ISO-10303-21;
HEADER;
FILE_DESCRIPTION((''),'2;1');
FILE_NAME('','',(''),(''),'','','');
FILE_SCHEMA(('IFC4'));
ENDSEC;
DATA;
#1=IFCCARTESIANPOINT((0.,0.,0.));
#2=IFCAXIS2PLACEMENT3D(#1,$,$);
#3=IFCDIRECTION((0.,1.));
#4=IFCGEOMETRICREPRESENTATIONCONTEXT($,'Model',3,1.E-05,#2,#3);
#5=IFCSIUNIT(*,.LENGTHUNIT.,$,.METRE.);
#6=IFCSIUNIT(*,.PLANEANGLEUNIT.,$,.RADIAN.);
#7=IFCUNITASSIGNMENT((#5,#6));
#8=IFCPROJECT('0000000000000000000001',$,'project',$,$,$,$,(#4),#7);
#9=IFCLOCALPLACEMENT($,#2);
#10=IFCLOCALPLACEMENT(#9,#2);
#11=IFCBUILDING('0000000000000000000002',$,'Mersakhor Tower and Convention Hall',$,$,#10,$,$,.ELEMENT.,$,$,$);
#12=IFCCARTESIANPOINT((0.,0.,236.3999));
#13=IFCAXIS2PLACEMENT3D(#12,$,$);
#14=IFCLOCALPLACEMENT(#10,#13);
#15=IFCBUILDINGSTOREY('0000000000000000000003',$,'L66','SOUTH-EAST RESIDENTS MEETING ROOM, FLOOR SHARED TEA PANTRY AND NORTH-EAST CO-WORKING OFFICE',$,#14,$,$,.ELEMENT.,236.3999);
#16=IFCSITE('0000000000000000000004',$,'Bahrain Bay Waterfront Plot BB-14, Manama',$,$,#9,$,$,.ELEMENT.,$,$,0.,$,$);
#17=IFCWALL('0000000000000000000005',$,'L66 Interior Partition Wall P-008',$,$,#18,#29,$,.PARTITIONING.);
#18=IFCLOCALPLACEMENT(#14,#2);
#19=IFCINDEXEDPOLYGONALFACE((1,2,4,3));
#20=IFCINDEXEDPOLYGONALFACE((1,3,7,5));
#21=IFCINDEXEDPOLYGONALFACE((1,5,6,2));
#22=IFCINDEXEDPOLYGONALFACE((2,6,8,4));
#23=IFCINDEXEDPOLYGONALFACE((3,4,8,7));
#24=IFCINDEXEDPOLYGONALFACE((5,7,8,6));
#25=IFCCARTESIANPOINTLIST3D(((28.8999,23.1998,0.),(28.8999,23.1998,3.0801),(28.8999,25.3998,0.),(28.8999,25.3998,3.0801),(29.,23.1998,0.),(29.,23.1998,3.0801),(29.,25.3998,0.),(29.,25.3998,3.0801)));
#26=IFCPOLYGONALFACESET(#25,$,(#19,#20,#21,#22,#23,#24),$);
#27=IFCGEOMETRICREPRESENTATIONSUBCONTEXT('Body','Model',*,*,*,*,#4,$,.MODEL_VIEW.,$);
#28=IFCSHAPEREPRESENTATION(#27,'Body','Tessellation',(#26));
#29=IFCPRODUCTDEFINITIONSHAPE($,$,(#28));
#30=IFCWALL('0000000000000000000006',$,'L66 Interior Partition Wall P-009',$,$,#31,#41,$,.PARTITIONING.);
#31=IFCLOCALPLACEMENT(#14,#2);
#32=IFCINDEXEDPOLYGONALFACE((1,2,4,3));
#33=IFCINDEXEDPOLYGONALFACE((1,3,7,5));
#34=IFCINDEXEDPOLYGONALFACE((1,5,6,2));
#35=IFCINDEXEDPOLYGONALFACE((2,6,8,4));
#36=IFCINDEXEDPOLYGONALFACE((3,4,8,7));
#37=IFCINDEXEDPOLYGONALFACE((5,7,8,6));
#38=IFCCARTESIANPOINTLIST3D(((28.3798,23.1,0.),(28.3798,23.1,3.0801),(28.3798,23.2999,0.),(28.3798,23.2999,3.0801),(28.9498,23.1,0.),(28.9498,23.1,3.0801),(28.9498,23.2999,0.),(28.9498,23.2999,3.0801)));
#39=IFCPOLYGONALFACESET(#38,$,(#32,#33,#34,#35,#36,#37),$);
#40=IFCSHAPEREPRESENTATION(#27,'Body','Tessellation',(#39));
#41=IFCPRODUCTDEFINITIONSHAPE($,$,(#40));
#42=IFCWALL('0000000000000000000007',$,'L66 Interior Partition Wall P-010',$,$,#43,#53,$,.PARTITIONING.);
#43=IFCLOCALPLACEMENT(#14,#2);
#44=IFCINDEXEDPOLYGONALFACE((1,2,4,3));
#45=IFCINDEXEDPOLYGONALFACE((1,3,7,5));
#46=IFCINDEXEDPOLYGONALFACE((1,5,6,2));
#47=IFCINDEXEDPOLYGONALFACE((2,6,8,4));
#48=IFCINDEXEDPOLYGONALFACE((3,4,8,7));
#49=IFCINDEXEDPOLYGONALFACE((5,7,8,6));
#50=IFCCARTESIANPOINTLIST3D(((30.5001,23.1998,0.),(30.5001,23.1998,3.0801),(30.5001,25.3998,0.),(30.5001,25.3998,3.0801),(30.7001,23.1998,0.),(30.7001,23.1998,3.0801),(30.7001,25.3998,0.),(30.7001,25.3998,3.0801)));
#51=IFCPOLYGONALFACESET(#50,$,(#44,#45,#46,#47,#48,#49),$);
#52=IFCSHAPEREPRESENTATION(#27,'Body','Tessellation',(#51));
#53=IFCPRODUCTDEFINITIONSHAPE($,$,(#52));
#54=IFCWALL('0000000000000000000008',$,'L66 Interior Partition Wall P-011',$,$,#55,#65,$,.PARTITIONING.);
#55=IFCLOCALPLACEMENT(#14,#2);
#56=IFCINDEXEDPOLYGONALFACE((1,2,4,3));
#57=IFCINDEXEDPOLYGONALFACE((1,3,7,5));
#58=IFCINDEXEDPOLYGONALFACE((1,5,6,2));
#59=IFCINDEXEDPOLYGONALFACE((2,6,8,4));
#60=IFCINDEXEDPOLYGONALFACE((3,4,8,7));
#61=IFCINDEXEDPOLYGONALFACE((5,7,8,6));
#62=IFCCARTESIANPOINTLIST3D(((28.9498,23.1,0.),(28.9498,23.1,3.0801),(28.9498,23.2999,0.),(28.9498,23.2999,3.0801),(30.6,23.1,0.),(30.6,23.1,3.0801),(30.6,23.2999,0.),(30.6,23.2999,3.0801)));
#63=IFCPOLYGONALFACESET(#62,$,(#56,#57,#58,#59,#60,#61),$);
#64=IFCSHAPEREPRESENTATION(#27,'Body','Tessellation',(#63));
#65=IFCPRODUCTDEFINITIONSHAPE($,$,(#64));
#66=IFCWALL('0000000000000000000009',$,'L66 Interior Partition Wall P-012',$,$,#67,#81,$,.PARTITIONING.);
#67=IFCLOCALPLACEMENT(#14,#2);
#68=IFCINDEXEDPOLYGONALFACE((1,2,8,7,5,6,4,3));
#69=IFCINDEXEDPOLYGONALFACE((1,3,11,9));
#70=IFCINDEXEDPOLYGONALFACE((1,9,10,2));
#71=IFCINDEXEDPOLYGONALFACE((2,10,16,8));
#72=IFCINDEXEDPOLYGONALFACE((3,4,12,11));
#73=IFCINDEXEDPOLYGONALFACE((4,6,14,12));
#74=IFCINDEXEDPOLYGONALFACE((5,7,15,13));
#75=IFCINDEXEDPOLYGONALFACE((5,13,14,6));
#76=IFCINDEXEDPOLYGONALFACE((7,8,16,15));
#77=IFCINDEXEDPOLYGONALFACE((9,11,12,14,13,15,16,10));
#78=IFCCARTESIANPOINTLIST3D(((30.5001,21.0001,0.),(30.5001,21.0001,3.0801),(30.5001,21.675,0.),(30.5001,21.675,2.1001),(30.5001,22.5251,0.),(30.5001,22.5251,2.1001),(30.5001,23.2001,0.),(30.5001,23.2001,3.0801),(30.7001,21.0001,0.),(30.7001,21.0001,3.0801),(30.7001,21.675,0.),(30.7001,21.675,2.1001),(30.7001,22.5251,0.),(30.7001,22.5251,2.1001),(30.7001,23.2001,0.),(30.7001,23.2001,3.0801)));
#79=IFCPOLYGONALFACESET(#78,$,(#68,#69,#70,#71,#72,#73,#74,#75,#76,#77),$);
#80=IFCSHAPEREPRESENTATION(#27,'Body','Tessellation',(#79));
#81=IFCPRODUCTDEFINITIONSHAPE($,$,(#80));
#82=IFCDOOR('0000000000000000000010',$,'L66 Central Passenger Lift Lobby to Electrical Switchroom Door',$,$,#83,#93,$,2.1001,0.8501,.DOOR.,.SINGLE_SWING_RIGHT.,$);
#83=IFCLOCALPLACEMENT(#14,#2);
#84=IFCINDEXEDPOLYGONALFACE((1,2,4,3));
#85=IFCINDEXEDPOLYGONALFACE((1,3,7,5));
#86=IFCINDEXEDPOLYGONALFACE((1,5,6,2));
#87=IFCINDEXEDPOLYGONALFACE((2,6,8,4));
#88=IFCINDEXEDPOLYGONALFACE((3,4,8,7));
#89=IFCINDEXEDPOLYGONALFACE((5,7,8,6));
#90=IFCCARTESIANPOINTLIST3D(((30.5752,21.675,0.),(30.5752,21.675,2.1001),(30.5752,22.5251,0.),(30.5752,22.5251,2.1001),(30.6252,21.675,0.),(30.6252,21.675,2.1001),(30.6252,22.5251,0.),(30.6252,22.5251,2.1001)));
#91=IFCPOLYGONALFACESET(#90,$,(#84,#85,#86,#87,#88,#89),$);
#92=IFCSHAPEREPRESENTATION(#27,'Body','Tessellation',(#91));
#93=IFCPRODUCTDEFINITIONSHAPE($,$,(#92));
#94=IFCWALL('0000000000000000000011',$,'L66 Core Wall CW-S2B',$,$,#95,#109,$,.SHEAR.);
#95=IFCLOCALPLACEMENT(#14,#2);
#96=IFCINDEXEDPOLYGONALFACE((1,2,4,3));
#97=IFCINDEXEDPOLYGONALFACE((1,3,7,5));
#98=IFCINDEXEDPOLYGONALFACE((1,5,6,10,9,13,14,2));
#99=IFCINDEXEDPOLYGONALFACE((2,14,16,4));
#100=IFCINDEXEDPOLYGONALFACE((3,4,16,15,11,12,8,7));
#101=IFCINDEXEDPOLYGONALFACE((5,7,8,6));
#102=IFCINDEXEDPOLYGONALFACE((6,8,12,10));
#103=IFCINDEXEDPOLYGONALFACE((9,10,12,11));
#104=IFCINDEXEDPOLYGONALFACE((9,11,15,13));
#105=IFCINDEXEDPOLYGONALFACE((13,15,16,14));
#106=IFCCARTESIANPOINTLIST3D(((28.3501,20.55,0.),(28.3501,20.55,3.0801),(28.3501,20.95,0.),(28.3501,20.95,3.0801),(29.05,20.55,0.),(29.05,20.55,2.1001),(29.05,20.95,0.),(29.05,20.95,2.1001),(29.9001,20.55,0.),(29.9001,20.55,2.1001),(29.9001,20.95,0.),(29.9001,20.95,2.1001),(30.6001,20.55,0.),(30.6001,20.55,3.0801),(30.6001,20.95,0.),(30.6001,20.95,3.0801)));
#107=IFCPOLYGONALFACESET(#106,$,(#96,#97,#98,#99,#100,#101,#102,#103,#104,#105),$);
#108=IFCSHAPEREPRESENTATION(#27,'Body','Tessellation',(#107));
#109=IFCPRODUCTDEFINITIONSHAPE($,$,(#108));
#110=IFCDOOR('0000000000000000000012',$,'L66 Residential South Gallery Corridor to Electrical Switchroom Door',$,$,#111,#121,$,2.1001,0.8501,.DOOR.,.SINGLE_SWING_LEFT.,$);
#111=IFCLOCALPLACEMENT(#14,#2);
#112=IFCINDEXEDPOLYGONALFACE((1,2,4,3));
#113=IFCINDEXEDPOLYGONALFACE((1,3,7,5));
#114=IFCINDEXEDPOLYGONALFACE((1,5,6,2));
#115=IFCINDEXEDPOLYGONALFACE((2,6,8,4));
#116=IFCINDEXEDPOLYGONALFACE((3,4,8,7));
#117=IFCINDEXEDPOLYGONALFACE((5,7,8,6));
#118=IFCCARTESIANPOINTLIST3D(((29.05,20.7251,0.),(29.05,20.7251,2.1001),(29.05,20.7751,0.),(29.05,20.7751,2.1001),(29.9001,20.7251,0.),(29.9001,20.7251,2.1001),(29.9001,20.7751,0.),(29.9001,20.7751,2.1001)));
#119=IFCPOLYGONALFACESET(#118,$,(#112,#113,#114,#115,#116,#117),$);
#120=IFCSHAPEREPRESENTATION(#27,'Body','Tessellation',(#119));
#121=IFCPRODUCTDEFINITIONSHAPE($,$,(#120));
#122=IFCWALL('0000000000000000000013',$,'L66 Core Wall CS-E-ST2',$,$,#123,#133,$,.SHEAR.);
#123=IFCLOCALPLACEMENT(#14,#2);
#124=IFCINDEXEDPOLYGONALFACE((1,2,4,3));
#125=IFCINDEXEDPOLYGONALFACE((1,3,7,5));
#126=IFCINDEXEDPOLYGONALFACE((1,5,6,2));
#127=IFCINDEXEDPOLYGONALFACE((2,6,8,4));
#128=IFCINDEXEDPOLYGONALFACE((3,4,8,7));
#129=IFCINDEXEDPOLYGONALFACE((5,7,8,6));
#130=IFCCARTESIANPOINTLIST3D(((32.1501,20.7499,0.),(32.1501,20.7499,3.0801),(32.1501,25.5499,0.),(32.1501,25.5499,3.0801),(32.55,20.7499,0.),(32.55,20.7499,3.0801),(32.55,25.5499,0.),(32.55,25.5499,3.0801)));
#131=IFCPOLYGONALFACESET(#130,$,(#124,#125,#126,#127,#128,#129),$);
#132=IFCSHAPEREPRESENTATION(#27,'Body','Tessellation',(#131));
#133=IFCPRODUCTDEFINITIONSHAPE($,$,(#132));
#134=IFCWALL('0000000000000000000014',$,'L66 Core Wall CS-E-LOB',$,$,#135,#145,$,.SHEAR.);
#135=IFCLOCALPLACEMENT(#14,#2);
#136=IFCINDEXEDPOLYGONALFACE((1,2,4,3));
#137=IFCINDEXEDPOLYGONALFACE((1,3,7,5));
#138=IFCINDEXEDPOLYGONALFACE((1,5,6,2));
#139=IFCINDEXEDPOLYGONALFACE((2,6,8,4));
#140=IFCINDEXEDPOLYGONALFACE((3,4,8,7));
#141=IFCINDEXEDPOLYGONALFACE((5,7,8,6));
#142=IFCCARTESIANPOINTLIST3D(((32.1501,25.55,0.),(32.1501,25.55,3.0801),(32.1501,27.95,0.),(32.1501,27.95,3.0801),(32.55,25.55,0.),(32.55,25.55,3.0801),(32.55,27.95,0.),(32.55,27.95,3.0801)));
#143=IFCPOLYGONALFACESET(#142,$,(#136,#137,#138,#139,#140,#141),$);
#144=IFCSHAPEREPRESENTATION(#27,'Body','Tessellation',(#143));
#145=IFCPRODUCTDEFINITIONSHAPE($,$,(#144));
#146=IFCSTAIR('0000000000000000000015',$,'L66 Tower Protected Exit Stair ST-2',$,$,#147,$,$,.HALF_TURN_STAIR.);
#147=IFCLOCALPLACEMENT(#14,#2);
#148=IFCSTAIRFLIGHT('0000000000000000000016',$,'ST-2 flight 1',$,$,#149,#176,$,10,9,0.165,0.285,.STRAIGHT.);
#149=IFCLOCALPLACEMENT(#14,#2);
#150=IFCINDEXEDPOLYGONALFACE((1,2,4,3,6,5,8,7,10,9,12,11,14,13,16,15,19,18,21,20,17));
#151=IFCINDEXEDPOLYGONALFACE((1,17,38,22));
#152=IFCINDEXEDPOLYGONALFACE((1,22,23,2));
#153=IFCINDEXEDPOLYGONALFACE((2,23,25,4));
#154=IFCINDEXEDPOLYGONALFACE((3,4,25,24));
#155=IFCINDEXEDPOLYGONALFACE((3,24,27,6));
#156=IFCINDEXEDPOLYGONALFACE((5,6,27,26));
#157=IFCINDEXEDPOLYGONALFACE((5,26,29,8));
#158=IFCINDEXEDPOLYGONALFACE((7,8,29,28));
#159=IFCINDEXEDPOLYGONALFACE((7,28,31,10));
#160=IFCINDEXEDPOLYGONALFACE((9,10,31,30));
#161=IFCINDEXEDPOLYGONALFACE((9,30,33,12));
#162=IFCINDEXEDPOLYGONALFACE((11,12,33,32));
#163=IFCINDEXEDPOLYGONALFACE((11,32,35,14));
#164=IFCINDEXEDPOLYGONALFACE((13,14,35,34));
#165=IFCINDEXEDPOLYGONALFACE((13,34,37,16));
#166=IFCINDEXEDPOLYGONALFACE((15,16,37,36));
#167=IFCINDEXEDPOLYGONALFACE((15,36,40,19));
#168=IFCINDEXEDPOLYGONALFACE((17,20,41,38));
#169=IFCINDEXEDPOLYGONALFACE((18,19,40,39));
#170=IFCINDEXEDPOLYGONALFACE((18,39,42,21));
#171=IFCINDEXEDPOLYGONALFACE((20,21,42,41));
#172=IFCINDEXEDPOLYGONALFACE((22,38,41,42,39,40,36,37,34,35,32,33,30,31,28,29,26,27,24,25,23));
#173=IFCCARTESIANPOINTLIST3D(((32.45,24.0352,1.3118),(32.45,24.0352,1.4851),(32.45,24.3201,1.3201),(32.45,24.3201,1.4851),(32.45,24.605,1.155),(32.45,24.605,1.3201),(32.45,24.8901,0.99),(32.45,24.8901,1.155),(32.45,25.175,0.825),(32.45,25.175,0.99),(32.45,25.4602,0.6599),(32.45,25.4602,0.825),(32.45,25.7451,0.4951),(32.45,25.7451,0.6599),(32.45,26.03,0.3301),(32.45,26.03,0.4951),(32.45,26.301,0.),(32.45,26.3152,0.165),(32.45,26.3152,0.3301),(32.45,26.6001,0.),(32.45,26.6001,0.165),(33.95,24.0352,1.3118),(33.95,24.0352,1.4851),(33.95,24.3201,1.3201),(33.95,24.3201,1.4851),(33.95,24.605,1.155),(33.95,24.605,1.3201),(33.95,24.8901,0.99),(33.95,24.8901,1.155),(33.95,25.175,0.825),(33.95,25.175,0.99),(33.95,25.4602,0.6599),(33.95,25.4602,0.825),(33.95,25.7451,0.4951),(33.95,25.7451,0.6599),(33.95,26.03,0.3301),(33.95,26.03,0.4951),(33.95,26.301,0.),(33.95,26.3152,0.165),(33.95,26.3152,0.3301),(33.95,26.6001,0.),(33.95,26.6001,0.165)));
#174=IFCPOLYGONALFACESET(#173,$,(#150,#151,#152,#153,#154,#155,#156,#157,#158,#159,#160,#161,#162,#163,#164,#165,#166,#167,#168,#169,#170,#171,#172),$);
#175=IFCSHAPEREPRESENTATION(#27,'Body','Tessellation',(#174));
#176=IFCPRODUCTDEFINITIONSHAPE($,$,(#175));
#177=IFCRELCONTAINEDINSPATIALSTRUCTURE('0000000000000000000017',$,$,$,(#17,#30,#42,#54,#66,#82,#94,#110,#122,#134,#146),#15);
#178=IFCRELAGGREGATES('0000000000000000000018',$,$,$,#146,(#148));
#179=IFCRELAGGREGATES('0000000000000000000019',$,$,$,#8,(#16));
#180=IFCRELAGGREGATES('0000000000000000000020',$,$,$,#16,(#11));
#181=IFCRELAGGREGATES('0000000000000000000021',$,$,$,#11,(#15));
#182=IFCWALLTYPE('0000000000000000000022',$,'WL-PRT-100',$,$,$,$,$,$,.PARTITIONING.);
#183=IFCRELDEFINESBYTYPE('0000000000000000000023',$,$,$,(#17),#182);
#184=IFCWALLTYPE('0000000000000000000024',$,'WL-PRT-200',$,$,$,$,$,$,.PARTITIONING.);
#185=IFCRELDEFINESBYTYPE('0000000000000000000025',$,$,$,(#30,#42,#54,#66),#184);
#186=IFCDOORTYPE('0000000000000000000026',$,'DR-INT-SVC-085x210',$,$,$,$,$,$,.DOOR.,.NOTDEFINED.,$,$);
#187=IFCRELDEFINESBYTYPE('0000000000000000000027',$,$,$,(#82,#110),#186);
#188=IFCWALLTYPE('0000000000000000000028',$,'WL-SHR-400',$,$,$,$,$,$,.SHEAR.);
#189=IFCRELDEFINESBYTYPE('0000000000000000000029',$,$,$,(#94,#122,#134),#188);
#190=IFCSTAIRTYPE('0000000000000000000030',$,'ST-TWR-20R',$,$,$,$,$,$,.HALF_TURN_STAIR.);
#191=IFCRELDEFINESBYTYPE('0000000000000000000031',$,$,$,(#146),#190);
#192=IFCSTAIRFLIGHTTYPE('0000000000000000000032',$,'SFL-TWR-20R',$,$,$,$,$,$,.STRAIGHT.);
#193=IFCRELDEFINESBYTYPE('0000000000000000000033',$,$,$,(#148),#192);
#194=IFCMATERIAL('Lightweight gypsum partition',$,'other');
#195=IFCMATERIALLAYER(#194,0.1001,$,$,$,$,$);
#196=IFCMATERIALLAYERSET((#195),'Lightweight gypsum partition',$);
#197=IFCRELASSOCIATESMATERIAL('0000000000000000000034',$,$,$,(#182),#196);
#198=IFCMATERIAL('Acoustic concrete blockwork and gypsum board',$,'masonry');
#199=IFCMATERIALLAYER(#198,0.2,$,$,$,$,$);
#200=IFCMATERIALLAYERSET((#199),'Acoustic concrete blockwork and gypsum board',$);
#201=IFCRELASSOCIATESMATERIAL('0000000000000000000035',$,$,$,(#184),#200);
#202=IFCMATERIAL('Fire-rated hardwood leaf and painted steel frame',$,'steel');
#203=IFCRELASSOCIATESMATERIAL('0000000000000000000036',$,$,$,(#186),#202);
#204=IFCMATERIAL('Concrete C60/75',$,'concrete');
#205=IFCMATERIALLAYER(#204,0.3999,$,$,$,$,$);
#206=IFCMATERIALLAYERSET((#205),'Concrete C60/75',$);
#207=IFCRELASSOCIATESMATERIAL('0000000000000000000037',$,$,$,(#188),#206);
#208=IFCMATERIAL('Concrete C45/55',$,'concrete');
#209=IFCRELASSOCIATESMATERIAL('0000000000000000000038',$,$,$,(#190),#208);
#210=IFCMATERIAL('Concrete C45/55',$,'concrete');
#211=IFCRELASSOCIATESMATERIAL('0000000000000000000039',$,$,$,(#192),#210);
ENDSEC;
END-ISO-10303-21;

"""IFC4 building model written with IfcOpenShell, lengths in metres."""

from ifc_helpers import new_model, si_unit, direction, frame, frame_2d, origin, place, context, subcontext, project, spatial, polyline, rectangle, outline, extrude, material, layer, layer_set, type_object, element, fill, aggregate, save


model = new_model("IFC4")

# Units and contexts
model_context = context("Model", 3, precision=1e-05, world=origin(), true_north=direction((0.0, 1.0)))
body_context = subcontext(model_context, "Body", "Model", "MODEL_VIEW")
ifc_project = project(units=[si_unit("LENGTHUNIT", "METRE"), si_unit("PLANEANGLEUNIT", "RADIAN")], contexts=[model_context])

# Site, building, storey
site_placement = place(None, origin())
site = spatial("IfcSite", under=ifc_project, at=site_placement, Name="Bahrain Bay Waterfront Plot BB-14, Manama", CompositionType="ELEMENT", RefElevation=0.0)
building_placement = place(site_placement, origin())
building = spatial("IfcBuilding", under=site, at=building_placement, Name="Mersakhor Tower and Convention Hall", CompositionType="ELEMENT")
storey_placement = place(building_placement, frame((0.0, 0.0, 236.3999)))
storey = spatial("IfcBuildingStorey", under=building, at=storey_placement, Name="L66", Description="SOUTH-EAST RESIDENTS MEETING ROOM, FLOOR SHARED TEA PANTRY AND NORTH-EAST CO-WORKING OFFICE", CompositionType="ELEMENT", Elevation=236.3999)

# Walls
ifc_material_1 = material(Name="Lightweight gypsum partition", Category="other")
ifc_layer_1 = layer(ifc_material_1, 0.1001)
ifc_layer_set_1 = layer_set([ifc_layer_1], Name="Lightweight gypsum partition")
wall_type_1 = type_object("IfcWallType", Name="WL-PRT-100", PredefinedType="PARTITIONING", material=ifc_layer_set_1)
wall_1_placement = place(storey_placement, frame((28.95, 25.3999, 0.0), z_axis=(0.0, 0.0, 1.0), x_axis=(0.0, -1.0, 0.0)))
element("IfcWall", 1, at=wall_1_placement, inside=storey, type_object=wall_type_1, Name="L66 Interior Partition Wall P-008", PredefinedType="PARTITIONING", context=body_context, shape_type="SweptSolid", body=[
    extrude(rectangle(XDim=2.2, YDim=0.1001, at=frame_2d((1.1001, 0.0))), origin(), (0.0, 0.0, 1.0), 3.0801),
])
ifc_material_2 = material(Name="Acoustic concrete blockwork and gypsum board", Category="masonry")
ifc_layer_2 = layer(ifc_material_2, 0.2)
ifc_layer_set_2 = layer_set([ifc_layer_2], Name="Acoustic concrete blockwork and gypsum board")
wall_type_2 = type_object("IfcWallType", Name="WL-PRT-200", PredefinedType="PARTITIONING", material=ifc_layer_set_2)
wall_2_placement = place(storey_placement, frame((28.95, 23.2, 0.0), z_axis=(0.0, 0.0, 1.0), x_axis=(-1.0, 0.0, 0.0)))
element("IfcWall", 2, at=wall_2_placement, inside=storey, type_object=wall_type_2, Name="L66 Interior Partition Wall P-009", PredefinedType="PARTITIONING", context=body_context, shape_type="SweptSolid", body=[
    extrude(rectangle(XDim=0.5701, YDim=0.2, at=frame_2d((0.2852, 0.0))), origin(), (0.0, 0.0, 1.0), 3.0801),
])
wall_3_placement = place(storey_placement, frame((30.6001, 25.3999, 0.0), z_axis=(0.0, 0.0, 1.0), x_axis=(0.0, -1.0, 0.0)))
element("IfcWall", 3, at=wall_3_placement, inside=storey, type_object=wall_type_2, Name="L66 Interior Partition Wall P-010", PredefinedType="PARTITIONING", context=body_context, shape_type="SweptSolid", body=[
    extrude(rectangle(XDim=2.2, YDim=0.2, at=frame_2d((1.1001, 0.0))), origin(), (0.0, 0.0, 1.0), 3.0801),
])
wall_4_placement = place(storey_placement, frame((30.6001, 23.2, 0.0), z_axis=(0.0, 0.0, 1.0), x_axis=(-1.0, 0.0, 0.0)))
element("IfcWall", 4, at=wall_4_placement, inside=storey, type_object=wall_type_2, Name="L66 Interior Partition Wall P-011", PredefinedType="PARTITIONING", context=body_context, shape_type="SweptSolid", body=[
    extrude(rectangle(XDim=1.6501, YDim=0.2, at=frame_2d((0.8252, 0.0))), origin(), (0.0, 0.0, 1.0), 3.0801),
])

# Walls, openings, doors
wall_5_placement = place(storey_placement, frame((30.6001, 21.0, 0.0), z_axis=(0.0, 0.0, 1.0), x_axis=(0.0, 1.0, 0.0)))
wall_5 = element("IfcWall", 5, at=wall_5_placement, inside=storey, type_object=wall_type_2, Name="L66 Interior Partition Wall P-012", PredefinedType="PARTITIONING", context=body_context, shape_type="SweptSolid", body=[
    extrude(rectangle(XDim=2.2, YDim=0.2, at=frame_2d((1.1001, 0.0))), origin(), (0.0, 0.0, 1.0), 3.0801),
])
opening_1_placement = place(wall_5_placement, frame((0.675, 0.0, 0.0)))
opening_1 = element("IfcOpeningElement", 6, at=opening_1_placement, cuts=wall_5, PredefinedType="OPENING", context=body_context, shape_type="SweptSolid", body=[
    extrude(rectangle(XDim=0.8501, YDim=2.1001, at=frame_2d((0.425, 1.05))), frame((0.0, 0.1099, 0.0), z_axis=(0.0, -1.0, 0.0), x_axis=(1.0, 0.0, 0.0)), (0.0, 0.0, 1.0), 0.22),
])
ifc_material_3 = material(Name="Fire-rated hardwood leaf and painted steel frame", Category="steel")
door_type_1 = type_object("IfcDoorType", Name="DR-INT-SVC-085x210", OperationType="NOTDEFINED", PredefinedType="DOOR", material=ifc_material_3)
door_1_placement = place(opening_1_placement, origin())
door_1 = element("IfcDoor", 7, at=door_1_placement, inside=storey, type_object=door_type_1, Name="L66 Central Passenger Lift Lobby to Electrical Switchroom Door", OperationType="SINGLE_SWING_RIGHT", OverallHeight=2.1001, OverallWidth=0.8501, PredefinedType="DOOR", context=body_context, shape_type="SweptSolid", body=[
    extrude(rectangle(XDim=0.8501, YDim=2.1001, at=frame_2d((0.425, 1.05))), frame((0.0, 0.0249, 0.0), z_axis=(0.0, -1.0, 0.0), x_axis=(1.0, 0.0, 0.0)), (0.0, 0.0, 1.0), 0.05),
])
fill(opening_1, door_1)
ifc_material_4 = material(Name="Concrete C60/75", Category="concrete")
ifc_layer_3 = layer(ifc_material_4, 0.3999)
ifc_layer_set_3 = layer_set([ifc_layer_3], Name="Concrete C60/75")
wall_type_3 = type_object("IfcWallType", Name="WL-SHR-400", PredefinedType="SHEAR", material=ifc_layer_set_3)
wall_6_placement = place(storey_placement, frame((30.6001, 20.75, 0.0), z_axis=(0.0, 0.0, 1.0), x_axis=(-1.0, 0.0, 0.0)))
wall_6 = element("IfcWall", 8, at=wall_6_placement, inside=storey, type_object=wall_type_3, Name="L66 Core Wall CW-S2B", PredefinedType="SHEAR", context=body_context, shape_type="SweptSolid", body=[
    extrude(rectangle(XDim=2.25, YDim=0.3999, at=frame_2d((1.125, 0.0))), origin(), (0.0, 0.0, 1.0), 3.0801),
])
opening_2_placement = place(wall_6_placement, frame((0.7, 0.0, 0.0)))
opening_2 = element("IfcOpeningElement", 9, at=opening_2_placement, cuts=wall_6, PredefinedType="OPENING", context=body_context, shape_type="SweptSolid", body=[
    extrude(rectangle(XDim=0.8501, YDim=2.1001, at=frame_2d((0.425, 1.05))), frame((0.0, 0.21, 0.0), z_axis=(0.0, -1.0, 0.0), x_axis=(1.0, 0.0, 0.0)), (0.0, 0.0, 1.0), 0.4199),
])
door_2_placement = place(opening_2_placement, origin())
door_2 = element("IfcDoor", 10, at=door_2_placement, inside=storey, type_object=door_type_1, Name="L66 Residential South Gallery Corridor to Electrical Switchroom Door", OperationType="SINGLE_SWING_LEFT", OverallHeight=2.1001, OverallWidth=0.8501, PredefinedType="DOOR", context=body_context, shape_type="SweptSolid", body=[
    extrude(rectangle(XDim=0.8501, YDim=2.1001, at=frame_2d((0.425, 1.05))), frame((0.0, 0.0249, 0.0), z_axis=(0.0, -1.0, 0.0), x_axis=(1.0, 0.0, 0.0)), (0.0, 0.0, 1.0), 0.05),
])
fill(opening_2, door_2)

# Walls
wall_7_placement = place(storey_placement, frame((32.3501, 20.75, 0.0), z_axis=(0.0, 0.0, 1.0), x_axis=(0.0, 1.0, 0.0)))
element("IfcWall", 11, at=wall_7_placement, inside=storey, type_object=wall_type_3, Name="L66 Core Wall CS-E-ST2", PredefinedType="SHEAR", context=body_context, shape_type="SweptSolid", body=[
    extrude(rectangle(XDim=4.8, YDim=0.3999, at=frame_2d((2.3999, 0.0))), origin(), (0.0, 0.0, 1.0), 3.0801),
])
wall_8_placement = place(storey_placement, frame((32.3501, 25.55, 0.0), z_axis=(0.0, 0.0, 1.0), x_axis=(0.0, 1.0, 0.0)))
element("IfcWall", 12, at=wall_8_placement, inside=storey, type_object=wall_type_3, Name="L66 Core Wall CS-E-LOB", PredefinedType="SHEAR", context=body_context, shape_type="SweptSolid", body=[
    extrude(rectangle(XDim=2.3999, YDim=0.3999, at=frame_2d((1.2, 0.0))), origin(), (0.0, 0.0, 1.0), 3.0801),
])

# Stair, stair flight
ifc_material_5 = material(Name="Concrete C45/55", Category="concrete")
stair_type = type_object("IfcStairType", Name="ST-TWR-20R", PredefinedType="HALF_TURN_STAIR", material=ifc_material_5)
stair_placement = place(storey_placement, origin())
stair = element("IfcStair", 13, at=stair_placement, inside=storey, type_object=stair_type, Name="L66 Tower Protected Exit Stair ST-2", PredefinedType="HALF_TURN_STAIR")
ifc_material_6 = material(Name="Concrete C45/55", Category="concrete")
stair_flight_type = type_object("IfcStairFlightType", Name="SFL-TWR-20R", PredefinedType="STRAIGHT", material=ifc_material_6)
stair_flight_1_placement = place(storey_placement, frame((33.2, 26.6001, 0.0), z_axis=(0.0, 0.0, 1.0), x_axis=(0.0, -1.0, 0.0)))
stair_flight_1 = element("IfcStairFlight", 14, at=stair_flight_1_placement, type_object=stair_flight_type, Name="ST-2 flight 1", NumberOfRisers=10, NumberOfTreads=9, PredefinedType="STRAIGHT", RiserHeight=0.165, TreadLength=0.285, context=body_context, shape_type="SweptSolid", body=[
    extrude(outline(polyline([(0.0, 0.0), (0.0, 0.165), (0.2849, 0.165), (0.2849, 0.3301), (0.5701, 0.3301), (0.5701, 0.4951), (0.855, 0.4951), (0.855, 0.6599), (1.1399, 0.6599), (1.1399, 0.825), (1.425, 0.825), (1.425, 0.99), (1.71, 0.99), (1.71, 1.155), (1.9951, 1.155), (1.9951, 1.3201), (2.28, 1.3201), (2.28, 1.4851), (2.5649, 1.4851), (2.5649, 1.6499), (2.5649, 1.3118), (0.2991, 0.0), (0.0, 0.0)])), frame((0.0, 0.75, 0.0), z_axis=(0.0, -1.0, 0.0), x_axis=(1.0, 0.0, 0.0)), (0.0, 0.0, 1.0), 1.5),
])
aggregate(stair, [stair_flight_1])

save(model, "model.ifc")
